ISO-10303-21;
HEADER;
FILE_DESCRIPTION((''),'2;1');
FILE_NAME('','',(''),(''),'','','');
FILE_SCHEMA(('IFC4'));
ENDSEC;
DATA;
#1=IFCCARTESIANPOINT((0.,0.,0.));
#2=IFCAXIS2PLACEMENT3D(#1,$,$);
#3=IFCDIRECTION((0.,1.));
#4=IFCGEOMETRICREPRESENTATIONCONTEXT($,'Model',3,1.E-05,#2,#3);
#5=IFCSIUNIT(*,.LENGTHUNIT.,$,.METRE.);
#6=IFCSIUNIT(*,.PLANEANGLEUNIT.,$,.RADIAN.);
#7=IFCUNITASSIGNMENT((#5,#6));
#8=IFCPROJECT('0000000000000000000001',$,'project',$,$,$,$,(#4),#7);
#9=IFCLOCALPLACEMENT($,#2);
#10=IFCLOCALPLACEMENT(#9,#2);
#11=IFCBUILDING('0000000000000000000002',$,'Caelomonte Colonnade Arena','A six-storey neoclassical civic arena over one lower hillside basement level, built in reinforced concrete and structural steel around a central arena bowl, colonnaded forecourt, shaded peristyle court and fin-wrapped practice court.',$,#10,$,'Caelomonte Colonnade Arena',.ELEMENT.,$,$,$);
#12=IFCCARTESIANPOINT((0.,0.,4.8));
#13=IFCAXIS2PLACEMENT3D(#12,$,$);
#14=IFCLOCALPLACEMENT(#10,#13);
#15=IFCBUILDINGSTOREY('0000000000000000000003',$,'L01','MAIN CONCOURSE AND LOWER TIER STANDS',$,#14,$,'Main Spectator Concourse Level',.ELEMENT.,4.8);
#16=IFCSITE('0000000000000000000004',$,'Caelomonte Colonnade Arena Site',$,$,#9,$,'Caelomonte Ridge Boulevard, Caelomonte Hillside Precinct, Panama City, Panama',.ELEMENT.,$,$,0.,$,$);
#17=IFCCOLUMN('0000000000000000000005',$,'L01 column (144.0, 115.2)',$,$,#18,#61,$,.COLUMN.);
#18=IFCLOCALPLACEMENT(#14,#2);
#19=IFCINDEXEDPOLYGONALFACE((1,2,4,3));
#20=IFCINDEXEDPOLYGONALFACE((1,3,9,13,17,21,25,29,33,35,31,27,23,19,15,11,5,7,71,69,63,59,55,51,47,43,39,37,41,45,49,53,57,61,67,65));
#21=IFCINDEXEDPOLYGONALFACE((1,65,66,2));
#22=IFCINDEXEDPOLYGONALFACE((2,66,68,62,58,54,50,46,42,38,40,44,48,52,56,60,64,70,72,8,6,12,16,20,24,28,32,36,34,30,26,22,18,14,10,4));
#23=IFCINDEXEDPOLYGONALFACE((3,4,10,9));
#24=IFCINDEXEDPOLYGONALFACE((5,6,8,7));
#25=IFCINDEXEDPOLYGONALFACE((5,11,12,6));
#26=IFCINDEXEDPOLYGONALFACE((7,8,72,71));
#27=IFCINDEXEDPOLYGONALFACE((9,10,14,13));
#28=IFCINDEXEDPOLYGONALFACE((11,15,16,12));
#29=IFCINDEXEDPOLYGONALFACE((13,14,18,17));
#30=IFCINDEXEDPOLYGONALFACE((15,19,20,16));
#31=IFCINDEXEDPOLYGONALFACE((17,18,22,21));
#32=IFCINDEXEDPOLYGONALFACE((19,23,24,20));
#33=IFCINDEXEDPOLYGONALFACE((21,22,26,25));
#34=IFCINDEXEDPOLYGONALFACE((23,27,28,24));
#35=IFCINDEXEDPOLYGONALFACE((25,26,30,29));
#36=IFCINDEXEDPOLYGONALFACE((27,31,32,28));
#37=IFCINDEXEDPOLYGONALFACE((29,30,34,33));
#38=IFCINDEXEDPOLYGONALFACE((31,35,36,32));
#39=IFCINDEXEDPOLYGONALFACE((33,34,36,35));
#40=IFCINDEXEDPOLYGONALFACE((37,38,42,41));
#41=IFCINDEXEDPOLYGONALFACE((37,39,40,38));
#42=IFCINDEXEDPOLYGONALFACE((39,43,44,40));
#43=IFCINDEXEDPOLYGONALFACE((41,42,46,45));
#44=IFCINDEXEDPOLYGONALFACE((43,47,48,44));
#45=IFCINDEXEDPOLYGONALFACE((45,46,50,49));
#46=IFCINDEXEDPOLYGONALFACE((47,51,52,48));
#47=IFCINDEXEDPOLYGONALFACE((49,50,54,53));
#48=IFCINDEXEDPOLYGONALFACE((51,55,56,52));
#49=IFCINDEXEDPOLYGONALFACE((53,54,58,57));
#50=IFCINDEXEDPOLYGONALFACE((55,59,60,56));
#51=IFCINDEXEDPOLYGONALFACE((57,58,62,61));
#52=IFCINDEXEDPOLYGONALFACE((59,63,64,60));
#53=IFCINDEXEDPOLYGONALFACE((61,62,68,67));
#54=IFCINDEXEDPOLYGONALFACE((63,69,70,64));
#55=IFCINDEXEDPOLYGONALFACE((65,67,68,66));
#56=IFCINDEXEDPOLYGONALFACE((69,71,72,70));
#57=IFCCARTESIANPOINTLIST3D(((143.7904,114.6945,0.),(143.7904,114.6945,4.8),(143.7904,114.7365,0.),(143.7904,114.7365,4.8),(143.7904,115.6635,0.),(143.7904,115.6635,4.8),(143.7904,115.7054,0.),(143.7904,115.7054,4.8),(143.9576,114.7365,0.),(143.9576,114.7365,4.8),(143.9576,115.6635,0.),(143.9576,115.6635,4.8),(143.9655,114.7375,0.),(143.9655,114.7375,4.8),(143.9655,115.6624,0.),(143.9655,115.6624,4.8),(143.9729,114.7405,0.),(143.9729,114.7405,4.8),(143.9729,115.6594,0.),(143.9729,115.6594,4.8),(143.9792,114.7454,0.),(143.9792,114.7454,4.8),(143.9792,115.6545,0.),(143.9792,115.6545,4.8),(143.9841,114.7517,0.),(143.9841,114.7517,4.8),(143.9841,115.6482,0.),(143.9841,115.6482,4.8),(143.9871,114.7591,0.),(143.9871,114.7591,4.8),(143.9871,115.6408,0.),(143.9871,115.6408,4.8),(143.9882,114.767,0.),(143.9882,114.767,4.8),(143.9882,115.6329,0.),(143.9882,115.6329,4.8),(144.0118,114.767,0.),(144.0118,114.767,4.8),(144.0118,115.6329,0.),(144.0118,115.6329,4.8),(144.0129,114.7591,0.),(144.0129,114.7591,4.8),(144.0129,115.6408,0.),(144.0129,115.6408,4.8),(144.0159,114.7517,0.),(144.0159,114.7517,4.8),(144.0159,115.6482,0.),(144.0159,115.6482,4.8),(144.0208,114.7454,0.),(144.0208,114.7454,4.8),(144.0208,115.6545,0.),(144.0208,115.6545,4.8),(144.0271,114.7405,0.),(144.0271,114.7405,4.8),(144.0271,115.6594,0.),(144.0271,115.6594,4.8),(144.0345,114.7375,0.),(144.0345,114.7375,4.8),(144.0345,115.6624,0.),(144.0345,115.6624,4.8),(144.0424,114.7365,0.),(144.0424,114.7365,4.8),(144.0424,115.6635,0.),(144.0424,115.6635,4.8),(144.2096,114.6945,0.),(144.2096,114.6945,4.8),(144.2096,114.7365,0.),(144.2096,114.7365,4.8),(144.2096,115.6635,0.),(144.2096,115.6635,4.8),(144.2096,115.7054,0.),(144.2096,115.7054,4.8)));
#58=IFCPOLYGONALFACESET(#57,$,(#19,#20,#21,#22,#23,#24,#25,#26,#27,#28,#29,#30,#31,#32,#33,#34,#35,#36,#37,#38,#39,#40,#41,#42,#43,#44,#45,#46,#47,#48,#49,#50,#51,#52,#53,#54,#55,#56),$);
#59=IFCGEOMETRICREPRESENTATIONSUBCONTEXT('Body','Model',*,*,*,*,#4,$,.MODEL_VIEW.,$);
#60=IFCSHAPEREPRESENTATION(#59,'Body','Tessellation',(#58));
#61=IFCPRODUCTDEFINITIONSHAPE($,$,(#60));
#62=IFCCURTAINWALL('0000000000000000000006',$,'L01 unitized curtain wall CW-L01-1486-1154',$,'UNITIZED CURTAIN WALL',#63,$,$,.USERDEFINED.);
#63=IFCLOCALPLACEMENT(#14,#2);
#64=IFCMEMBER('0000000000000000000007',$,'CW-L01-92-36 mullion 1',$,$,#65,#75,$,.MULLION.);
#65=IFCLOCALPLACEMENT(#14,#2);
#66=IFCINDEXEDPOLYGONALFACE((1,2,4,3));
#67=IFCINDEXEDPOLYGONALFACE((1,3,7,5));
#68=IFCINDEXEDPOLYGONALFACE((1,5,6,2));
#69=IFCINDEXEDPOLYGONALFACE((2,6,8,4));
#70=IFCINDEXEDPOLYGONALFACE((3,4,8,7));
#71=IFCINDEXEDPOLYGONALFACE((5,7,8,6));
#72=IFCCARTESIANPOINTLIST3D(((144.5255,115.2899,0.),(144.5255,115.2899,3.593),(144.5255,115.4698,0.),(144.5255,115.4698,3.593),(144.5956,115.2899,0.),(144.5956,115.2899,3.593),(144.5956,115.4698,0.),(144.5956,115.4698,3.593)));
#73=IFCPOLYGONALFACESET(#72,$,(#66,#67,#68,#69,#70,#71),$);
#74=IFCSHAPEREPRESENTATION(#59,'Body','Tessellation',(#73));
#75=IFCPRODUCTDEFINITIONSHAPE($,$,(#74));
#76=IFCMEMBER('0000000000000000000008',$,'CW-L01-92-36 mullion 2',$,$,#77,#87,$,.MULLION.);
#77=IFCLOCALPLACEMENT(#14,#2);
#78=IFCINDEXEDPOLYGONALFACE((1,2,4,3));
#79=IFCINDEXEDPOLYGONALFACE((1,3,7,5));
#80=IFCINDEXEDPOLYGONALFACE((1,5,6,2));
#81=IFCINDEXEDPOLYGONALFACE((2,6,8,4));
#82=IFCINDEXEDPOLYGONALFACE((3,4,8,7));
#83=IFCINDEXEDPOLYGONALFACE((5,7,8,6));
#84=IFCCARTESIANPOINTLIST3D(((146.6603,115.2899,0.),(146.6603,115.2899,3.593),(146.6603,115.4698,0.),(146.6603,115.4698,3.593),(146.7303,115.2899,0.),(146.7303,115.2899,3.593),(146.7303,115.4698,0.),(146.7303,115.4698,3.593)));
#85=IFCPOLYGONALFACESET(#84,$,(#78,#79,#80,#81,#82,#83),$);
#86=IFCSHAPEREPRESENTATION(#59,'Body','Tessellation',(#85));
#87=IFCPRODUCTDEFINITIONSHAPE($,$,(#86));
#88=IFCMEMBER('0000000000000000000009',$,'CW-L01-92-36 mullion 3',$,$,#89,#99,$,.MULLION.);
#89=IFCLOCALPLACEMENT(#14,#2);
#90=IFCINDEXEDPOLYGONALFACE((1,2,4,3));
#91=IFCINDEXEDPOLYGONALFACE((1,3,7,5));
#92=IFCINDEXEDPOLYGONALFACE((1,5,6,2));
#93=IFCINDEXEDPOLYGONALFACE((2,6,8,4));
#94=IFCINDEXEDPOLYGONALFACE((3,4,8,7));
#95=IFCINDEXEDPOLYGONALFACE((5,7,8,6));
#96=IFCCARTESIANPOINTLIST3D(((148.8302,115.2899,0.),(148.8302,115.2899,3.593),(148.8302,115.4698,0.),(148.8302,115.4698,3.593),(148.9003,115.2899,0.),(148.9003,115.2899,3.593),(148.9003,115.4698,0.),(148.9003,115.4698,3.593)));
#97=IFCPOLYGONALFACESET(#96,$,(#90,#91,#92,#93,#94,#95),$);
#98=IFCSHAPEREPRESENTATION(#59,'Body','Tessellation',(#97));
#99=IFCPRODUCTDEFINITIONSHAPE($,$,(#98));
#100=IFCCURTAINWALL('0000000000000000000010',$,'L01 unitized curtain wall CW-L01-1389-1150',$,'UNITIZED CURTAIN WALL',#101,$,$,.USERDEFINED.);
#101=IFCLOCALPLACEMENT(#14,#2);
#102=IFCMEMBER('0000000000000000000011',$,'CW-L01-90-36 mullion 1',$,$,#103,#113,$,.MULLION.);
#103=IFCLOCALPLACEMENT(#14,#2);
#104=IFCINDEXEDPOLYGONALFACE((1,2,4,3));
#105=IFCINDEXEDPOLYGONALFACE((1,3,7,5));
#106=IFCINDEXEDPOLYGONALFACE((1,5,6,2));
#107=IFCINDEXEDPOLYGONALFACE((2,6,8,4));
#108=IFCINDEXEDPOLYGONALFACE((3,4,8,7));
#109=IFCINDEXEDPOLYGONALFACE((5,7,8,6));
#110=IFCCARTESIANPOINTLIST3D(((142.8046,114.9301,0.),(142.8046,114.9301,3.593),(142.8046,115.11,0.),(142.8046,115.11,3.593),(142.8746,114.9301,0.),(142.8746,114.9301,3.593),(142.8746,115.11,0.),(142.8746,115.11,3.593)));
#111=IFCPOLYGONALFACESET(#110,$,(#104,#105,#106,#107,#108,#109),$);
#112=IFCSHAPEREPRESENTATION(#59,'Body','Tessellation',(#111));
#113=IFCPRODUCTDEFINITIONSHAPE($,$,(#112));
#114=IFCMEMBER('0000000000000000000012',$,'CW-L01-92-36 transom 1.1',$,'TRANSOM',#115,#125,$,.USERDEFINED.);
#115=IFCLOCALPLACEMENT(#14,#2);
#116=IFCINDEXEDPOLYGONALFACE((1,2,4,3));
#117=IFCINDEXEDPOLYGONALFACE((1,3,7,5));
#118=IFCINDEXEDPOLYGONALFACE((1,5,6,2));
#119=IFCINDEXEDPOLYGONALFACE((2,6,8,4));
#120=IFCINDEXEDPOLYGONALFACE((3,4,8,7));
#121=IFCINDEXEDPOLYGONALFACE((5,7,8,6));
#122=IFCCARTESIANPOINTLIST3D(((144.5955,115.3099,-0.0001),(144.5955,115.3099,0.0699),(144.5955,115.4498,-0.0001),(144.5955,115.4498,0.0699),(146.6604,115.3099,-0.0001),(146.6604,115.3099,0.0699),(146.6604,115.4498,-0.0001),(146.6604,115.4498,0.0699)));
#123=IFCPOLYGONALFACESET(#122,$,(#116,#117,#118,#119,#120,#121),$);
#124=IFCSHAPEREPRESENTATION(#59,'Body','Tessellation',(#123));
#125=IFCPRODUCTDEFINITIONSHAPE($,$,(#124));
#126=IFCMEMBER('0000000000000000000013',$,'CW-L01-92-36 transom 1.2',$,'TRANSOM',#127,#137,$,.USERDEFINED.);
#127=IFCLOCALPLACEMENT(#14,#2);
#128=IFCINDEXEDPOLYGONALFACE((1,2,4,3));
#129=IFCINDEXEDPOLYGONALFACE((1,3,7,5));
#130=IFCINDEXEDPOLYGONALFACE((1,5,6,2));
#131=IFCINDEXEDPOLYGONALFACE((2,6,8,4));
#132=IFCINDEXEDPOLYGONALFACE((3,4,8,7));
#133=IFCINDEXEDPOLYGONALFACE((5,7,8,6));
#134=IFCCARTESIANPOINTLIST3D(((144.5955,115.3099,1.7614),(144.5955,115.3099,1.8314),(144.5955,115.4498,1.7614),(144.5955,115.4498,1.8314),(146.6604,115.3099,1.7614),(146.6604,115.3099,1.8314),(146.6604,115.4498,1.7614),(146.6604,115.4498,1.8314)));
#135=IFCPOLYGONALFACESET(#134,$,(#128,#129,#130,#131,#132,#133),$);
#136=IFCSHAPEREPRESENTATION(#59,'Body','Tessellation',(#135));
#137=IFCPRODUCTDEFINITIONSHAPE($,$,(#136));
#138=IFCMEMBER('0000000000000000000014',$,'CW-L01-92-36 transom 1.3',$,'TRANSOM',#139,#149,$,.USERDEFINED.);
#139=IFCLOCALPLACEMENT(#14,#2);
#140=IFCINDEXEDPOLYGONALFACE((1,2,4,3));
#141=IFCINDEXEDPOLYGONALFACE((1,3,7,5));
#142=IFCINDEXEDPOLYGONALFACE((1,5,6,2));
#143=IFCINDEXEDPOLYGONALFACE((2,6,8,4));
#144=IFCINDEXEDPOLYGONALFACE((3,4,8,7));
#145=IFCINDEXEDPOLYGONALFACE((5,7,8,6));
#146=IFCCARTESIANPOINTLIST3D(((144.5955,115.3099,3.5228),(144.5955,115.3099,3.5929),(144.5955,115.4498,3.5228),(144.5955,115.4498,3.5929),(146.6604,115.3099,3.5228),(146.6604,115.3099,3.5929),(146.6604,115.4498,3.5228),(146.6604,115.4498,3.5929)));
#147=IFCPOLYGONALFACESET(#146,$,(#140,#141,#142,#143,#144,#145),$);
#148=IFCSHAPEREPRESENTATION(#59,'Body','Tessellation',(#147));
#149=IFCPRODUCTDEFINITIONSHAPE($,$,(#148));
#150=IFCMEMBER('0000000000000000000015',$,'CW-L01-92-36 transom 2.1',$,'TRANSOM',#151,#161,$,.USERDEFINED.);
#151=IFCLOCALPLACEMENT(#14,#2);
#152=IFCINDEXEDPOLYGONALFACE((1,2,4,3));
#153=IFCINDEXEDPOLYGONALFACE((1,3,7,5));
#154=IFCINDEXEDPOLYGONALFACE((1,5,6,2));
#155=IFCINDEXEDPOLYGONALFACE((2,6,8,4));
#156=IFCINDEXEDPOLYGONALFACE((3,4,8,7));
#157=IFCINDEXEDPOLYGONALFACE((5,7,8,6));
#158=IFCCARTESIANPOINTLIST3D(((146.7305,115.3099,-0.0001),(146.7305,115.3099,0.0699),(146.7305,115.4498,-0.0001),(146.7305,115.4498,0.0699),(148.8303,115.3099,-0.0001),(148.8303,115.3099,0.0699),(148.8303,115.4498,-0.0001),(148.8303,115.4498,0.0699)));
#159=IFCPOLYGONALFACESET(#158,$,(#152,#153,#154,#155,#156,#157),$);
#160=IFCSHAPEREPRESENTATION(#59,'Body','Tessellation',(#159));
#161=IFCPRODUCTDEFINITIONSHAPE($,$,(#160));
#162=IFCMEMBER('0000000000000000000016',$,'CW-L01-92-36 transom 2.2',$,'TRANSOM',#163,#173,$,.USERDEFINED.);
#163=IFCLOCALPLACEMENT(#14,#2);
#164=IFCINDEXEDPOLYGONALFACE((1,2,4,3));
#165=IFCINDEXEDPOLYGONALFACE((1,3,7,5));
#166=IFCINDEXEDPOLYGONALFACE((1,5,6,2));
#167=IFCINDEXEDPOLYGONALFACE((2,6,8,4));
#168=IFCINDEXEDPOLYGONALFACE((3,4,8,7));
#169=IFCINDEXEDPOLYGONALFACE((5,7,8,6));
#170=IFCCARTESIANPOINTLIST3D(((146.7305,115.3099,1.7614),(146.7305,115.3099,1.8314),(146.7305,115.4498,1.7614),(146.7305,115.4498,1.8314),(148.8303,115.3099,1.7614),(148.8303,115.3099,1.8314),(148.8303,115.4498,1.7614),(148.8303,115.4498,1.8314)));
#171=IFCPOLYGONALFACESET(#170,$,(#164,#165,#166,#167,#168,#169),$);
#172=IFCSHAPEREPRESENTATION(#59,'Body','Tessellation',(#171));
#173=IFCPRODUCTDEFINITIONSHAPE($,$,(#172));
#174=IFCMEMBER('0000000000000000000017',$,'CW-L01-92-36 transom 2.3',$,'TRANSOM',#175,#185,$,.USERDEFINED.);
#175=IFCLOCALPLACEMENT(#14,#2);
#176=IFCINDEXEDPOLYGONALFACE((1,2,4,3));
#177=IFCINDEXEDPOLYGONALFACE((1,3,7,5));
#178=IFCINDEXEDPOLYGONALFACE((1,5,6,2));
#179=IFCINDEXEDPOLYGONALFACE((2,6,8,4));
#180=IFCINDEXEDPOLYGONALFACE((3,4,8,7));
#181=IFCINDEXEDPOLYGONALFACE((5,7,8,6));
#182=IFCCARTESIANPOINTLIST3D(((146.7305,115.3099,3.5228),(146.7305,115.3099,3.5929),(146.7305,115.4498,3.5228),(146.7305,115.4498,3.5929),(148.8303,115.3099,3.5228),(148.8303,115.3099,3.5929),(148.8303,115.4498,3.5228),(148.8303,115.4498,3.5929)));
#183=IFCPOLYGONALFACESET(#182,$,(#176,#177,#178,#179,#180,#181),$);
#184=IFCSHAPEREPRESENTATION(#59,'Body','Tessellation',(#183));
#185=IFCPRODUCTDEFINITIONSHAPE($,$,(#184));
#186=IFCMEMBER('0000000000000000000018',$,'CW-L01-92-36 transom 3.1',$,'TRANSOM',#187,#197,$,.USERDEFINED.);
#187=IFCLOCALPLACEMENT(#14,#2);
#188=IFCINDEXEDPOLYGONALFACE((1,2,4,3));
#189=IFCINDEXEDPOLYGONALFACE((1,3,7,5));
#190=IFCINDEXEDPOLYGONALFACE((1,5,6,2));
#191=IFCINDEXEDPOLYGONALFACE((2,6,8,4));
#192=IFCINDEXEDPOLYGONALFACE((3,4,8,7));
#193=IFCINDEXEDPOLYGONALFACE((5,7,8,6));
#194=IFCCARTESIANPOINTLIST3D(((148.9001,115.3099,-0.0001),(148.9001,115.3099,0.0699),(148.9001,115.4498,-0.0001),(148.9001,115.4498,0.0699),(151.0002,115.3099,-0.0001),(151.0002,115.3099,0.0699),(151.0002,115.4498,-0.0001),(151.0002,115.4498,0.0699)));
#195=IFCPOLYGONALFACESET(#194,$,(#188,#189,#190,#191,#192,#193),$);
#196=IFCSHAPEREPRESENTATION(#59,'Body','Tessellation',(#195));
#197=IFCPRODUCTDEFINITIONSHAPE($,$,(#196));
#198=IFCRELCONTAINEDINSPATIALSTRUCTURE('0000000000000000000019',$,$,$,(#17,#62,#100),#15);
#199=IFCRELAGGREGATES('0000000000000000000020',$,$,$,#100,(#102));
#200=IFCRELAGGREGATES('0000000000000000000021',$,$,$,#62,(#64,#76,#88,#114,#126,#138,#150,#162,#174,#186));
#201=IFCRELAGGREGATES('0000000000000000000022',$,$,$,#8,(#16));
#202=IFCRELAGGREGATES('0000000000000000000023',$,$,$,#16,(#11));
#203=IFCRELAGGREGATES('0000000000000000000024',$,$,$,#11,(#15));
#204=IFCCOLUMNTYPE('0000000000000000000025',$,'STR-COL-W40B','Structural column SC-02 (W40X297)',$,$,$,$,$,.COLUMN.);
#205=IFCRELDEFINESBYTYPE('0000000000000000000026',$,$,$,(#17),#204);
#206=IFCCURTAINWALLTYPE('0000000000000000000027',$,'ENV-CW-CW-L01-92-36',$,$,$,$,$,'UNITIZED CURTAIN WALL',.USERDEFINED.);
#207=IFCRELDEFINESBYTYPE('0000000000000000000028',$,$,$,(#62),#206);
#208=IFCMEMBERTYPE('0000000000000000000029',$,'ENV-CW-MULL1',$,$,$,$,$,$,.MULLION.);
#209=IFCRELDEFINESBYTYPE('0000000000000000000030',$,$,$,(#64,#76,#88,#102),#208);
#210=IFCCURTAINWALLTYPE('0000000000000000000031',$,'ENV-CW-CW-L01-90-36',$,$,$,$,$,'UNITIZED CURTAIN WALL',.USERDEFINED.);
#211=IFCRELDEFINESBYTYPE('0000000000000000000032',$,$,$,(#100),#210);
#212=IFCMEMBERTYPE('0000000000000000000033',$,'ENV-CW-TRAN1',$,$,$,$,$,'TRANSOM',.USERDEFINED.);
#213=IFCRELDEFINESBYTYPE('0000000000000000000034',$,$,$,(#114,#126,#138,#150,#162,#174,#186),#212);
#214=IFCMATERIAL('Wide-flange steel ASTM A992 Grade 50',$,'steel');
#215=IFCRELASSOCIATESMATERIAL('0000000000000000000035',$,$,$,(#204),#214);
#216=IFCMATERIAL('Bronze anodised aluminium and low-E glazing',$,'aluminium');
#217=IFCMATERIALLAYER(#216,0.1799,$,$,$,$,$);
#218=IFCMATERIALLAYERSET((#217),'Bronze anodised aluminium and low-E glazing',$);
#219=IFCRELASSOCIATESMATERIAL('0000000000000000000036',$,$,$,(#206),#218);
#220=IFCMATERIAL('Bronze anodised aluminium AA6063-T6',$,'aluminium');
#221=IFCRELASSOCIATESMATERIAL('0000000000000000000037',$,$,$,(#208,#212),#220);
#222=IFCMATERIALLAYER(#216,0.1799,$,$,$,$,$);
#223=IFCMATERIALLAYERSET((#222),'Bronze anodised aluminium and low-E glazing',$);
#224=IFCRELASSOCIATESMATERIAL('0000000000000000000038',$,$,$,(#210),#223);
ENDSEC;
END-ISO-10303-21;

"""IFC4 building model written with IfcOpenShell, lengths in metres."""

from ifc_helpers import new_model, si_unit, direction, frame, origin, origin_2d, place, context, subcontext, project, spatial, rectangle, i_section, extrude, material, layer, layer_set, material_profile, profile_set, type_object, element, aggregate, save


model = new_model("IFC4")

# Units and contexts
model_context = context("Model", 3, precision=1e-05, world=origin(), true_north=direction((0.0, 1.0)))
body_context = subcontext(model_context, "Body", "Model", "MODEL_VIEW")
ifc_project = project(units=[si_unit("LENGTHUNIT", "METRE"), si_unit("PLANEANGLEUNIT", "RADIAN")], contexts=[model_context])

# Site, building, storey
site_placement = place(None, origin())
site = spatial("IfcSite", under=ifc_project, at=site_placement, Name="Caelomonte Colonnade Arena Site", LongName="Caelomonte Ridge Boulevard, Caelomonte Hillside Precinct, Panama City, Panama", CompositionType="ELEMENT", RefElevation=0.0)
building_placement = place(site_placement, origin())
building = spatial("IfcBuilding", under=site, at=building_placement, Name="Caelomonte Colonnade Arena", Description="A six-storey neoclassical civic arena over one lower hillside basement level, built in reinforced concrete and structural steel around a central arena bowl, colonnaded forecourt, shaded peristyle court and fin-wrapped practice court.", LongName="Caelomonte Colonnade Arena", CompositionType="ELEMENT")
storey_placement = place(building_placement, frame((0.0, 0.0, 4.8)))
storey = spatial("IfcBuildingStorey", under=building, at=storey_placement, Name="L01", Description="MAIN CONCOURSE AND LOWER TIER STANDS", LongName="Main Spectator Concourse Level", CompositionType="ELEMENT", Elevation=4.8)

# Column
ifc_material_1 = material(Name="Wide-flange steel ASTM A992 Grade 50", Category="steel")
ifc_material_profile_1 = material_profile(ifc_material_1, i_section(OverallWidth=0.4192, OverallDepth=1.011, WebThickness=0.0237, FlangeThickness=0.042, FilletRadius=0.0305, at=origin_2d()), Name="W40X297")
ifc_profile_set_1 = profile_set([ifc_material_profile_1], Name="Wide-flange steel ASTM A992 Grade 50")
column_type = type_object("IfcColumnType", Name="STR-COL-W40B", Description="Structural column SC-02 (W40X297)", PredefinedType="COLUMN", material=ifc_profile_set_1)
column_placement = place(storey_placement, frame((144.0, 115.2, 0.0), z_axis=(0.0, 0.0, 1.0), x_axis=(1.0, 0.0, 0.0)))
element("IfcColumn", 1, at=column_placement, inside=storey, type_object=column_type, Name="L01 column (144.0, 115.2)", PredefinedType="COLUMN", context=body_context, shape_type="SweptSolid", body=[
    extrude(i_section(OverallWidth=0.4192, OverallDepth=1.011, WebThickness=0.0237, FlangeThickness=0.042, FilletRadius=0.0305, at=origin_2d()), origin(), (0.0, 0.0, 1.0), 4.8),
])

# Curtain wall, members
ifc_material_2 = material(Name="Bronze anodised aluminium and low-E glazing", Category="aluminium")
ifc_layer_1 = layer(ifc_material_2, 0.1799)
ifc_layer_set_1 = layer_set([ifc_layer_1], Name="Bronze anodised aluminium and low-E glazing")
curtain_wall_type_1 = type_object("IfcCurtainWallType", Name="ENV-CW-CW-L01-92-36", ElementType="UNITIZED CURTAIN WALL", PredefinedType="USERDEFINED", material=ifc_layer_set_1)
curtain_wall_1_placement = place(storey_placement, origin())
curtain_wall_1 = element("IfcCurtainWall", 2, at=curtain_wall_1_placement, inside=storey, type_object=curtain_wall_type_1, Name="L01 unitized curtain wall CW-L01-1486-1154", ObjectType="UNITIZED CURTAIN WALL", PredefinedType="USERDEFINED")
ifc_material_3 = material(Name="Bronze anodised aluminium AA6063-T6", Category="aluminium")
ifc_material_profile_2 = material_profile(ifc_material_3, rectangle(XDim=0.0701, YDim=0.1799, at=origin_2d()), Name="CWM-70X180")
ifc_profile_set_2 = profile_set([ifc_material_profile_2], Name="Bronze anodised aluminium AA6063-T6")
member_type_1 = type_object("IfcMemberType", Name="ENV-CW-MULL1", PredefinedType="MULLION", material=ifc_profile_set_2)
member_1_placement = place(storey_placement, frame((144.5605, 115.3799, 0.0), z_axis=(0.0, 0.0, 1.0), x_axis=(1.0, 0.0, 0.0)))
member_1 = element("IfcMember", 3, at=member_1_placement, type_object=member_type_1, Name="CW-L01-92-36 mullion 1", PredefinedType="MULLION", context=body_context, shape_type="SweptSolid", body=[
    extrude(rectangle(XDim=0.0701, YDim=0.1799, at=origin_2d()), origin(), (0.0, 0.0, 1.0), 3.593),
])
member_2_placement = place(storey_placement, frame((146.6953, 115.3799, 0.0), z_axis=(0.0, 0.0, 1.0), x_axis=(1.0, 0.0, 0.0)))
member_2 = element("IfcMember", 4, at=member_2_placement, type_object=member_type_1, Name="CW-L01-92-36 mullion 2", PredefinedType="MULLION", context=body_context, shape_type="SweptSolid", body=[
    extrude(rectangle(XDim=0.0701, YDim=0.1799, at=origin_2d()), origin(), (0.0, 0.0, 1.0), 3.593),
])
member_3_placement = place(storey_placement, frame((148.8652, 115.3799, 0.0), z_axis=(0.0, 0.0, 1.0), x_axis=(1.0, 0.0, 0.0)))
member_3 = element("IfcMember", 5, at=member_3_placement, type_object=member_type_1, Name="CW-L01-92-36 mullion 3", PredefinedType="MULLION", context=body_context, shape_type="SweptSolid", body=[
    extrude(rectangle(XDim=0.0701, YDim=0.1799, at=origin_2d()), origin(), (0.0, 0.0, 1.0), 3.593),
])

# Curtain wall, member
ifc_layer_2 = layer(ifc_material_2, 0.1799)
ifc_layer_set_2 = layer_set([ifc_layer_2], Name="Bronze anodised aluminium and low-E glazing")
curtain_wall_type_2 = type_object("IfcCurtainWallType", Name="ENV-CW-CW-L01-90-36", ElementType="UNITIZED CURTAIN WALL", PredefinedType="USERDEFINED", material=ifc_layer_set_2)
curtain_wall_2_placement = place(storey_placement, origin())
curtain_wall_2 = element("IfcCurtainWall", 6, at=curtain_wall_2_placement, inside=storey, type_object=curtain_wall_type_2, Name="L01 unitized curtain wall CW-L01-1389-1150", ObjectType="UNITIZED CURTAIN WALL", PredefinedType="USERDEFINED")
member_4_placement = place(storey_placement, frame((142.8396, 115.02, 0.0), z_axis=(0.0, 0.0, 1.0), x_axis=(-1.0, 0.0, 0.0)))
member_4 = element("IfcMember", 7, at=member_4_placement, type_object=member_type_1, Name="CW-L01-90-36 mullion 1", PredefinedType="MULLION", context=body_context, shape_type="SweptSolid", body=[
    extrude(rectangle(XDim=0.0701, YDim=0.1799, at=origin_2d()), origin(), (0.0, 0.0, 1.0), 3.593),
])

# Members
ifc_material_profile_3 = material_profile(ifc_material_3, rectangle(XDim=0.0701, YDim=0.1399, at=origin_2d()), Name="CWT-70X140")
ifc_profile_set_3 = profile_set([ifc_material_profile_3], Name="Bronze anodised aluminium AA6063-T6")
member_type_2 = type_object("IfcMemberType", Name="ENV-CW-TRAN1", ElementType="TRANSOM", PredefinedType="USERDEFINED", material=ifc_profile_set_3)
member_5_placement = place(storey_placement, frame((144.5955, 115.3799, 0.0349), z_axis=(1.0, 0.0, 0.0), x_axis=(0.0, 0.0, 1.0)))
member_5 = element("IfcMember", 8, at=member_5_placement, type_object=member_type_2, Name="CW-L01-92-36 transom 1.1", ObjectType="TRANSOM", PredefinedType="USERDEFINED", context=body_context, shape_type="SweptSolid", body=[
    extrude(rectangle(XDim=0.0701, YDim=0.1399, at=origin_2d()), origin(), (0.0, 0.0, 1.0), 2.0649),
])
member_6_placement = place(storey_placement, frame((144.5955, 115.3799, 1.7964), z_axis=(1.0, 0.0, 0.0), x_axis=(0.0, 0.0, 1.0)))
member_6 = element("IfcMember", 9, at=member_6_placement, type_object=member_type_2, Name="CW-L01-92-36 transom 1.2", ObjectType="TRANSOM", PredefinedType="USERDEFINED", context=body_context, shape_type="SweptSolid", body=[
    extrude(rectangle(XDim=0.0701, YDim=0.1399, at=origin_2d()), origin(), (0.0, 0.0, 1.0), 2.0649),
])
member_7_placement = place(storey_placement, frame((144.5955, 115.3799, 3.5579), z_axis=(1.0, 0.0, 0.0), x_axis=(0.0, 0.0, 1.0)))
member_7 = element("IfcMember", 10, at=member_7_placement, type_object=member_type_2, Name="CW-L01-92-36 transom 1.3", ObjectType="TRANSOM", PredefinedType="USERDEFINED", context=body_context, shape_type="SweptSolid", body=[
    extrude(rectangle(XDim=0.0701, YDim=0.1399, at=origin_2d()), origin(), (0.0, 0.0, 1.0), 2.0649),
])
member_8_placement = place(storey_placement, frame((146.7305, 115.3799, 0.0349), z_axis=(1.0, 0.0, 0.0), x_axis=(0.0, 0.0, 1.0)))
member_8 = element("IfcMember", 11, at=member_8_placement, type_object=member_type_2, Name="CW-L01-92-36 transom 2.1", ObjectType="TRANSOM", PredefinedType="USERDEFINED", context=body_context, shape_type="SweptSolid", body=[
    extrude(rectangle(XDim=0.0701, YDim=0.1399, at=origin_2d()), origin(), (0.0, 0.0, 1.0), 2.0999),
])
member_9_placement = place(storey_placement, frame((146.7305, 115.3799, 1.7964), z_axis=(1.0, 0.0, 0.0), x_axis=(0.0, 0.0, 1.0)))
member_9 = element("IfcMember", 12, at=member_9_placement, type_object=member_type_2, Name="CW-L01-92-36 transom 2.2", ObjectType="TRANSOM", PredefinedType="USERDEFINED", context=body_context, shape_type="SweptSolid", body=[
    extrude(rectangle(XDim=0.0701, YDim=0.1399, at=origin_2d()), origin(), (0.0, 0.0, 1.0), 2.0999),
])
member_10_placement = place(storey_placement, frame((146.7305, 115.3799, 3.5579), z_axis=(1.0, 0.0, 0.0), x_axis=(0.0, 0.0, 1.0)))
member_10 = element("IfcMember", 13, at=member_10_placement, type_object=member_type_2, Name="CW-L01-92-36 transom 2.3", ObjectType="TRANSOM", PredefinedType="USERDEFINED", context=body_context, shape_type="SweptSolid", body=[
    extrude(rectangle(XDim=0.0701, YDim=0.1399, at=origin_2d()), origin(), (0.0, 0.0, 1.0), 2.0999),
])
member_11_placement = place(storey_placement, frame((148.9001, 115.3799, 0.0349), z_axis=(1.0, 0.0, 0.0), x_axis=(0.0, 0.0, 1.0)))
member_11 = element("IfcMember", 14, at=member_11_placement, type_object=member_type_2, Name="CW-L01-92-36 transom 3.1", ObjectType="TRANSOM", PredefinedType="USERDEFINED", context=body_context, shape_type="SweptSolid", body=[
    extrude(rectangle(XDim=0.0701, YDim=0.1399, at=origin_2d()), origin(), (0.0, 0.0, 1.0), 2.1001),
])
aggregate(curtain_wall_2, [member_4])

aggregate(curtain_wall_1, [member_1, member_2, member_3, member_5, member_6, member_7, member_8, member_9, member_10, member_11])

save(model, "model.ifc")
